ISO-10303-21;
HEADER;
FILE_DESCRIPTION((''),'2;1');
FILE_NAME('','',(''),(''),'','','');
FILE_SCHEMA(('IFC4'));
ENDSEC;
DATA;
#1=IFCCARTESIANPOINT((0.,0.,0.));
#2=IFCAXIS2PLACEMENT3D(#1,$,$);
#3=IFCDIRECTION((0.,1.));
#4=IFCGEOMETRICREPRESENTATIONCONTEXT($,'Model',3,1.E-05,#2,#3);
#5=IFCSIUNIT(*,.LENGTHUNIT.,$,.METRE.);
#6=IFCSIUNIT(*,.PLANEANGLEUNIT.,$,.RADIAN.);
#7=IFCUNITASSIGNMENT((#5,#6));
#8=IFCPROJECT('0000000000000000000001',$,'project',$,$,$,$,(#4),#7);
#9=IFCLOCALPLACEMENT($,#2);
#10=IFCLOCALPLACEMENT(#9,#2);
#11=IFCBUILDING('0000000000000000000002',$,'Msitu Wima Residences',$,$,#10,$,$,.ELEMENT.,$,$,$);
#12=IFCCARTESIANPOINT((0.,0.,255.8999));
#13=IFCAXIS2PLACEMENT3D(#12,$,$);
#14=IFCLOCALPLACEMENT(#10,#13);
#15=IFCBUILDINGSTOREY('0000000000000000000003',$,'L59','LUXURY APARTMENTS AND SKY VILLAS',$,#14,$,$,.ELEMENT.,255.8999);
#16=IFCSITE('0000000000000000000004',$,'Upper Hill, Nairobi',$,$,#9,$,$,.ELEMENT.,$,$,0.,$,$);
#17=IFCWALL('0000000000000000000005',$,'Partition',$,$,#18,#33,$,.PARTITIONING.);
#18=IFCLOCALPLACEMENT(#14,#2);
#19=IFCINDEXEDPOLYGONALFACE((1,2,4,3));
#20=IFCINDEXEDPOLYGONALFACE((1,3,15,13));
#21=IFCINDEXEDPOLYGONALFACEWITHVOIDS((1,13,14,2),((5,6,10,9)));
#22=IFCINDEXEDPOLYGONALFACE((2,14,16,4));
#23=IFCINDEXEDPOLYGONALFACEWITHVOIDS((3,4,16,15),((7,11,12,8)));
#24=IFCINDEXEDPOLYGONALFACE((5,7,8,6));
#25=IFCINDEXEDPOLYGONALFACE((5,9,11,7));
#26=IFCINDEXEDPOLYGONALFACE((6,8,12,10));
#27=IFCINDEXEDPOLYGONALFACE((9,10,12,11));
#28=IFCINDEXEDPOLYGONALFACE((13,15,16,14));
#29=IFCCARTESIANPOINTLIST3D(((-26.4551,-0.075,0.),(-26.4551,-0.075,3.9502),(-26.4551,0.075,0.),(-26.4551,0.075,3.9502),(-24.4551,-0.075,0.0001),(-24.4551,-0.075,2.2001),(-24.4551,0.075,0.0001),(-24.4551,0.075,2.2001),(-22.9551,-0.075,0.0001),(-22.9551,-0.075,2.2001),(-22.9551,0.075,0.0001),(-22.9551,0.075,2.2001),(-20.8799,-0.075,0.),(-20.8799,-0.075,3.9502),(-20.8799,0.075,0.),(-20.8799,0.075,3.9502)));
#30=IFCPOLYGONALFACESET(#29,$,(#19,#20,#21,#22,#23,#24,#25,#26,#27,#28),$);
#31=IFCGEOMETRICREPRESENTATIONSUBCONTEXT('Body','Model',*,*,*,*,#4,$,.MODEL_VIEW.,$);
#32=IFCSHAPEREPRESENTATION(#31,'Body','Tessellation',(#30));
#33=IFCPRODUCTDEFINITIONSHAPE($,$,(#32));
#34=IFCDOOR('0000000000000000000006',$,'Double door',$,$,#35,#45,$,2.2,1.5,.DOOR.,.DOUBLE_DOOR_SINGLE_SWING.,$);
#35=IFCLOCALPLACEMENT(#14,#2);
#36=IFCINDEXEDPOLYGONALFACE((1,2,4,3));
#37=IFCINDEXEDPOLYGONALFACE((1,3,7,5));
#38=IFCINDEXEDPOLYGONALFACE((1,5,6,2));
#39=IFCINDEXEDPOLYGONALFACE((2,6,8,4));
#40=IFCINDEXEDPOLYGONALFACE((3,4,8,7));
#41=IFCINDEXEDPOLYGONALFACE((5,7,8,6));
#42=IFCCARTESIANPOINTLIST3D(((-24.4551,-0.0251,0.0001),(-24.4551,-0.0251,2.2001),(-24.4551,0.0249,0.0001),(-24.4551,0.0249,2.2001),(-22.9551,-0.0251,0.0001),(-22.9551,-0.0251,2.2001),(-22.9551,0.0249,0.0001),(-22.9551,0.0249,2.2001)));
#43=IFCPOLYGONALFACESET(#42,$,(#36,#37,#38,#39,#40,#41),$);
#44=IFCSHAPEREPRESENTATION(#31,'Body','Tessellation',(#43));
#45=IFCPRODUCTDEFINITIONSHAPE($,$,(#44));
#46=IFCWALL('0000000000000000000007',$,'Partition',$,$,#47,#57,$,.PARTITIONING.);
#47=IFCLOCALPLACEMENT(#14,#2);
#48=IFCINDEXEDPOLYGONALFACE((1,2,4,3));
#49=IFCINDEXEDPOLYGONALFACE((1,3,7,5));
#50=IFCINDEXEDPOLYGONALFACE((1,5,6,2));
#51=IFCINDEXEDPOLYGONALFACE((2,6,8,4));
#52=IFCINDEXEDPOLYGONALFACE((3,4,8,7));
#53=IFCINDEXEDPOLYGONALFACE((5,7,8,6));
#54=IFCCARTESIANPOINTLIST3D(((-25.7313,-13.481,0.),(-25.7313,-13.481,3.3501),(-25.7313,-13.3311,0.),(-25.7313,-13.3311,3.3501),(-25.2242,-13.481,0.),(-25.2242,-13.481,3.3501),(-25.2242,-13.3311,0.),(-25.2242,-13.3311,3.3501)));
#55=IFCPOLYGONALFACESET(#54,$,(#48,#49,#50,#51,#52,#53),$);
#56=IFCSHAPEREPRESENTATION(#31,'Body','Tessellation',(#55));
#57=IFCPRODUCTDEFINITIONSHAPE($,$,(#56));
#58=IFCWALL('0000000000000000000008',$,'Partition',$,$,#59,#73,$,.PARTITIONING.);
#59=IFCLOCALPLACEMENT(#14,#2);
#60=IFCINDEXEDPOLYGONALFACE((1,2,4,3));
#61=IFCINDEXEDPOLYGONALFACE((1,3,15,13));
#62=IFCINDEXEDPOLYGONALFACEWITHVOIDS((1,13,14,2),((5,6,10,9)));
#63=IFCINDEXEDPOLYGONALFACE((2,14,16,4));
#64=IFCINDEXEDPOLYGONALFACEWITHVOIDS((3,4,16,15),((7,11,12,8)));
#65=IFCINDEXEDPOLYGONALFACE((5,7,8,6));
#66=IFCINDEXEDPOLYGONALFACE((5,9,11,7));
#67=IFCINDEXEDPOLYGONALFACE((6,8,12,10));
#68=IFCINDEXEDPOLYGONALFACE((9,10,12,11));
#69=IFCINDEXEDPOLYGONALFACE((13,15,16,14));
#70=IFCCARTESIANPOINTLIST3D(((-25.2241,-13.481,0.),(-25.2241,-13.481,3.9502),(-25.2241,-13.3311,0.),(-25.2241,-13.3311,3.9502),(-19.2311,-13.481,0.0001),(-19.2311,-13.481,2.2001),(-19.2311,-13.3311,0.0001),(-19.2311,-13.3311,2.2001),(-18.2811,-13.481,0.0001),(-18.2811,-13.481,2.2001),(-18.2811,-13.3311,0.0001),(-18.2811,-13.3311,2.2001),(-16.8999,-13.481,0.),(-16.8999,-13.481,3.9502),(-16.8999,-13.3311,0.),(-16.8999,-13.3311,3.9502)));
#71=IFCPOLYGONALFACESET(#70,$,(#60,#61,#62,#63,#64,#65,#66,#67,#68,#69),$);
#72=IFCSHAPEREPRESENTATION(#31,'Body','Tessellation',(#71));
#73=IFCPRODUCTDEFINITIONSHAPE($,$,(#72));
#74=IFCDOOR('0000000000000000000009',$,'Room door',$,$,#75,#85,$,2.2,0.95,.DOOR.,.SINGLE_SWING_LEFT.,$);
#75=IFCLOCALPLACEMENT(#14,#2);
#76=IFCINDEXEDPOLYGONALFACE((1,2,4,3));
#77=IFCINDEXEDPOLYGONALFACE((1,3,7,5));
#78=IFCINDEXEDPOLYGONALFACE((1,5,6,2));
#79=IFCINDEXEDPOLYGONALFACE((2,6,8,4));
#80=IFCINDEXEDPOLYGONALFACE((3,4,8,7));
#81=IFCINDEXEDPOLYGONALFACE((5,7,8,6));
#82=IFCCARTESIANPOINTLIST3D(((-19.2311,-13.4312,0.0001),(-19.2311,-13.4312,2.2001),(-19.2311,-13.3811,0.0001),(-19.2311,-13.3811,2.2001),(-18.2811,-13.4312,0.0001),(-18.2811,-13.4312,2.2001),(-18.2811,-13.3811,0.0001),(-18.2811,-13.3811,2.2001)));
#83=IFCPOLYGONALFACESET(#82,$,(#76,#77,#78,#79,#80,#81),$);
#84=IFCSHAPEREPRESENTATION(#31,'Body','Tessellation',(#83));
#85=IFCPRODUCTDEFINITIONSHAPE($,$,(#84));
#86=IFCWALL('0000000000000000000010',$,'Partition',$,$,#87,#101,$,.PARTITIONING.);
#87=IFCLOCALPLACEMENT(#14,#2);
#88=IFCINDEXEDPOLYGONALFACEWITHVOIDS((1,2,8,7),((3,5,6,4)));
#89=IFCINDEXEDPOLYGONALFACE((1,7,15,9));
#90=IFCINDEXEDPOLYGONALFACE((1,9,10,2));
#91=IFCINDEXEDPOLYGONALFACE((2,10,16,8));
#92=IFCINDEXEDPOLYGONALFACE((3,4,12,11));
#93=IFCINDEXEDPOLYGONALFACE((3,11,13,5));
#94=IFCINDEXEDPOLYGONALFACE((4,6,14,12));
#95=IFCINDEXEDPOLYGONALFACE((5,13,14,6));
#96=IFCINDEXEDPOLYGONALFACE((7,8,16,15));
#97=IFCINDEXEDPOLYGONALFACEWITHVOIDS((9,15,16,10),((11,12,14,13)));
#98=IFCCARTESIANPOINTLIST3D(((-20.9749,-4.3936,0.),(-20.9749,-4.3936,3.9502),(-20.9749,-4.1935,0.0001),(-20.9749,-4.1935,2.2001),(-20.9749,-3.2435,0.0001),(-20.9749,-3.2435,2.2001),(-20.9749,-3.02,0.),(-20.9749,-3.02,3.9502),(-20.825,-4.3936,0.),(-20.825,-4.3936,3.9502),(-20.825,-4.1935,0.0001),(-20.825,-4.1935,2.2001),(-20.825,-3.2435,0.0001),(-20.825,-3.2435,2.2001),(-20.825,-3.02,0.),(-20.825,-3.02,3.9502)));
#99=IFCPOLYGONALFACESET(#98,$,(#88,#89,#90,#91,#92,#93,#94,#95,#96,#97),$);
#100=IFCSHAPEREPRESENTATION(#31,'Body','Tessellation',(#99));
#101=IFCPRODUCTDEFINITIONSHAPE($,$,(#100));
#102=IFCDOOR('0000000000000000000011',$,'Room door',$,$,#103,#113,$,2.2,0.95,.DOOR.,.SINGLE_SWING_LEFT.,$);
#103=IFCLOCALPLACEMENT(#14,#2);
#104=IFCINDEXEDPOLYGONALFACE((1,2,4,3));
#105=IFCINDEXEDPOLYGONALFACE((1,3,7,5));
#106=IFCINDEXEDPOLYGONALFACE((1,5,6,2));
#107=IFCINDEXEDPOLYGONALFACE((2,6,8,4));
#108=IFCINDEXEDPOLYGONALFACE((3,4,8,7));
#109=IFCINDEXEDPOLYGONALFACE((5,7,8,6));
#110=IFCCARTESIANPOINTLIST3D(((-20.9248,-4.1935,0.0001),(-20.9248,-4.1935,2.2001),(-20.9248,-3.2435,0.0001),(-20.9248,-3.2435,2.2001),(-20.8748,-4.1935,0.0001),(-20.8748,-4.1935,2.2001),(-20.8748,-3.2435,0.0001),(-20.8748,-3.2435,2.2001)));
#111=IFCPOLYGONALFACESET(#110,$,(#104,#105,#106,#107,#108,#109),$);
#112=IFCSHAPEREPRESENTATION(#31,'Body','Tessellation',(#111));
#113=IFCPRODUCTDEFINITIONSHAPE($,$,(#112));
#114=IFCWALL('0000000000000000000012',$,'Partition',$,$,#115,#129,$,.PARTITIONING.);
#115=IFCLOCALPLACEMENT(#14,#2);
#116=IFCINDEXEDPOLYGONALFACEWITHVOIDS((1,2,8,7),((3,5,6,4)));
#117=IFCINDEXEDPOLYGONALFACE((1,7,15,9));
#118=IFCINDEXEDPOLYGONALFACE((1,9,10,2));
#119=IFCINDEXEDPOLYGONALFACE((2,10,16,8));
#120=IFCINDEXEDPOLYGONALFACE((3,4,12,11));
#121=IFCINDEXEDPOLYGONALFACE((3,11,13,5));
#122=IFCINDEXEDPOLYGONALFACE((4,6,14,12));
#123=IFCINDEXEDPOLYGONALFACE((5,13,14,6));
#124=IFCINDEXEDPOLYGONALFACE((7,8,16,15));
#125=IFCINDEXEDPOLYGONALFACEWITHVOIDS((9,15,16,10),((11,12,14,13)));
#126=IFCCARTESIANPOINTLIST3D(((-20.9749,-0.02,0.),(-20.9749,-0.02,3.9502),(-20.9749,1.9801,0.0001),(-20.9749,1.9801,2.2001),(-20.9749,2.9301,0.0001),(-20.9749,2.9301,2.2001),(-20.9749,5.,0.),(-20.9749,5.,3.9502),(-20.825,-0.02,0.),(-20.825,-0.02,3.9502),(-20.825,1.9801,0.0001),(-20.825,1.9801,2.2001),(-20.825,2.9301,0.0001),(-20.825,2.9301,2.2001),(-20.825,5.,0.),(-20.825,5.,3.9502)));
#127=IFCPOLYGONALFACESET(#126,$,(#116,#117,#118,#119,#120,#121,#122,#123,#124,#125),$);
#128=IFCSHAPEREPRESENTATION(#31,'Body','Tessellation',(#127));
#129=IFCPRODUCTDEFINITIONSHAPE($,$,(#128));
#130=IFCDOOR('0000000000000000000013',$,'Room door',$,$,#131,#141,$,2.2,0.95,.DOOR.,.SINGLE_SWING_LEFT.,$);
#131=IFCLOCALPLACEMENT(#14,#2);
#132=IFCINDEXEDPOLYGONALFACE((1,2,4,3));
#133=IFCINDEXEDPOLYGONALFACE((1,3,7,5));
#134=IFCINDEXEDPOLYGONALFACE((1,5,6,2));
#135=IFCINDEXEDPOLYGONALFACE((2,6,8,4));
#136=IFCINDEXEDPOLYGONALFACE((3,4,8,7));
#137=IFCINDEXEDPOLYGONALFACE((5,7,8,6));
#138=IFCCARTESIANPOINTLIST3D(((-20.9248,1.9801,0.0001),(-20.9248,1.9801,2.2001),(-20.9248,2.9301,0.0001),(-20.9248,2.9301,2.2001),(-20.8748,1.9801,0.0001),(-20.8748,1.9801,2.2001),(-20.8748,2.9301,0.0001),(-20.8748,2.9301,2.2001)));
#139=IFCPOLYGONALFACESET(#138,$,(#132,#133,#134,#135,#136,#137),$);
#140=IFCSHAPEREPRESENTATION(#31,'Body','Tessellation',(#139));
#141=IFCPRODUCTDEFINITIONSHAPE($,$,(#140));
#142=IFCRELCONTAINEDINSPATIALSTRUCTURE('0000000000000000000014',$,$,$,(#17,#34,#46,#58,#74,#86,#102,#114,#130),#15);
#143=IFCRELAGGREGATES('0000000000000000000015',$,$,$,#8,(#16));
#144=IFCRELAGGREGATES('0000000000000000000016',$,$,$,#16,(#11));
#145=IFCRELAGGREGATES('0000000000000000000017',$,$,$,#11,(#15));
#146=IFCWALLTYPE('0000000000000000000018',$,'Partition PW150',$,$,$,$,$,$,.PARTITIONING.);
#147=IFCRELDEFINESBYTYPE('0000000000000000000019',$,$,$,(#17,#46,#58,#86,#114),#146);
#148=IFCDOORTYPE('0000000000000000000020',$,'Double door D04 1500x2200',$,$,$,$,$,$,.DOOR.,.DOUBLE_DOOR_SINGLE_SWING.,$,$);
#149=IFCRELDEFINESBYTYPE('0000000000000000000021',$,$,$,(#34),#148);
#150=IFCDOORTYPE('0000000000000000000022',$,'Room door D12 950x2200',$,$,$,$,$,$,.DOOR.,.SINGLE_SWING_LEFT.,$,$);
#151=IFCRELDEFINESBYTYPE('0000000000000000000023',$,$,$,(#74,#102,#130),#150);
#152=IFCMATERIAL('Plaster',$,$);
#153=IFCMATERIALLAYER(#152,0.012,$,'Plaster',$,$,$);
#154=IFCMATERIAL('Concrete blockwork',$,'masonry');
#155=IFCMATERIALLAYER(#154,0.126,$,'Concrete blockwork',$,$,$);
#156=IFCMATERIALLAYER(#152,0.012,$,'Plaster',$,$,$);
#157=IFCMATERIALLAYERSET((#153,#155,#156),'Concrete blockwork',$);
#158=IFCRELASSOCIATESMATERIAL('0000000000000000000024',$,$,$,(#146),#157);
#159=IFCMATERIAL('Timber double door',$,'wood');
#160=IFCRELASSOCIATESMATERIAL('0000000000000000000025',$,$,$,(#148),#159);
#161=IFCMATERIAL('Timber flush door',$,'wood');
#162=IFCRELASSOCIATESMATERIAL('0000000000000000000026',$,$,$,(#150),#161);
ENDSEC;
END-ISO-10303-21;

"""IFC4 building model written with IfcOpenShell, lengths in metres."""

from ifc_helpers import new_model, si_unit, direction, frame, frame_2d, origin, place, context, subcontext, project, spatial, rectangle, extrude, material, layer, layer_set, type_object, element, fill, save


model = new_model("IFC4")

# Units and contexts
model_context = context("Model", 3, precision=1e-05, world=origin(), true_north=direction((0.0, 1.0)))
body_context = subcontext(model_context, "Body", "Model", "MODEL_VIEW")
ifc_project = project(units=[si_unit("LENGTHUNIT", "METRE"), si_unit("PLANEANGLEUNIT", "RADIAN")], contexts=[model_context])

# Site, building, storey
site_placement = place(None, origin())
site = spatial("IfcSite", under=ifc_project, at=site_placement, Name="Upper Hill, Nairobi", CompositionType="ELEMENT", RefElevation=0.0)
building_placement = place(site_placement, origin())
building = spatial("IfcBuilding", under=site, at=building_placement, Name="Msitu Wima Residences", CompositionType="ELEMENT")
storey_placement = place(building_placement, frame((0.0, 0.0, 255.8999)))
storey = spatial("IfcBuildingStorey", under=building, at=storey_placement, Name="L59", Description="LUXURY APARTMENTS AND SKY VILLAS", CompositionType="ELEMENT", Elevation=255.8999)

# Shared definitions
ifc_material_1 = material(Name="Plaster")
ifc_layer_1 = layer(ifc_material_1, 0.012, Name="Plaster")
ifc_material_2 = material(Name="Concrete blockwork", Category="masonry")
ifc_layer_2 = layer(ifc_material_2, 0.126, Name="Concrete blockwork")
ifc_layer_3 = layer(ifc_material_1, 0.012, Name="Plaster")
ifc_layer_set_1 = layer_set([ifc_layer_1, ifc_layer_2, ifc_layer_3], Name="Concrete blockwork")
wall_type_1 = type_object("IfcWallType", Name="Partition PW150", PredefinedType="PARTITIONING", material=ifc_layer_set_1)

# Wall, opening, door
wall_1_placement = place(storey_placement, frame((-26.4551, 0.0, 0.0), z_axis=(0.0, 0.0, 1.0), x_axis=(1.0, 0.0, 0.0)))
wall_1 = element("IfcWall", 1, at=wall_1_placement, inside=storey, type_object=wall_type_1, Name="Partition", PredefinedType="PARTITIONING", context=body_context, shape_type="SweptSolid", body=[
    extrude(rectangle(XDim=5.5752, YDim=0.1499, at=frame_2d((2.7876, 0.0))), origin(), (0.0, 0.0, 1.0), 3.9502),
])
opening_1_placement = place(wall_1_placement, frame((2.0, 0.0, 0.0)))
opening_1 = element("IfcOpeningElement", 2, at=opening_1_placement, cuts=wall_1, PredefinedType="OPENING", context=body_context, shape_type="SweptSolid", body=[
    extrude(rectangle(XDim=1.5, YDim=2.2, at=frame_2d((0.75, 1.1001))), frame((0.0, 0.085, 0.0), z_axis=(0.0, -1.0, 0.0), x_axis=(1.0, 0.0, 0.0)), (0.0, 0.0, 1.0), 0.1699),
])
ifc_material_3 = material(Name="Timber double door", Category="wood")
door_type_1 = type_object("IfcDoorType", Name="Double door D04 1500x2200", OperationType="DOUBLE_DOOR_SINGLE_SWING", PredefinedType="DOOR", material=ifc_material_3)
door_1_placement = place(opening_1_placement, origin())
door_1 = element("IfcDoor", 3, at=door_1_placement, inside=storey, type_object=door_type_1, Name="Double door", OperationType="DOUBLE_DOOR_SINGLE_SWING", OverallHeight=2.2, OverallWidth=1.5, PredefinedType="DOOR", context=body_context, shape_type="SweptSolid", body=[
    extrude(rectangle(XDim=1.5, YDim=2.2, at=frame_2d((0.75, 1.1001))), frame((0.0, 0.0249, 0.0), z_axis=(0.0, -1.0, 0.0), x_axis=(1.0, 0.0, 0.0)), (0.0, 0.0, 1.0), 0.05),
])
fill(opening_1, door_1)

# Wall
wall_2_placement = place(storey_placement, frame((-25.7312, -13.406, 0.0), z_axis=(0.0, 0.0, 1.0), x_axis=(1.0, 0.0, 0.0)))
element("IfcWall", 4, at=wall_2_placement, inside=storey, type_object=wall_type_1, Name="Partition", PredefinedType="PARTITIONING", context=body_context, shape_type="SweptSolid", body=[
    extrude(rectangle(XDim=0.5071, YDim=0.1499, at=frame_2d((0.2534, 0.0))), origin(), (0.0, 0.0, 1.0), 3.3501),
])

# Walls, openings, doors
wall_3_placement = place(storey_placement, frame((-25.2241, -13.406, 0.0), z_axis=(0.0, 0.0, 1.0), x_axis=(1.0, 0.0, 0.0)))
wall_3 = element("IfcWall", 5, at=wall_3_placement, inside=storey, type_object=wall_type_1, Name="Partition", PredefinedType="PARTITIONING", context=body_context, shape_type="SweptSolid", body=[
    extrude(rectangle(XDim=8.3242, YDim=0.1499, at=frame_2d((4.1621, 0.0))), origin(), (0.0, 0.0, 1.0), 3.9502),
])
opening_2_placement = place(wall_3_placement, frame((5.9929, 0.0, 0.0)))
opening_2 = element("IfcOpeningElement", 6, at=opening_2_placement, cuts=wall_3, PredefinedType="OPENING", context=body_context, shape_type="SweptSolid", body=[
    extrude(rectangle(XDim=0.95, YDim=2.2, at=frame_2d((0.4751, 1.1001))), frame((0.0, 0.085, 0.0), z_axis=(0.0, -1.0, 0.0), x_axis=(1.0, 0.0, 0.0)), (0.0, 0.0, 1.0), 0.1699),
])
ifc_material_4 = material(Name="Timber flush door", Category="wood")
door_type_2 = type_object("IfcDoorType", Name="Room door D12 950x2200", OperationType="SINGLE_SWING_LEFT", PredefinedType="DOOR", material=ifc_material_4)
door_2_placement = place(opening_2_placement, origin())
door_2 = element("IfcDoor", 7, at=door_2_placement, inside=storey, type_object=door_type_2, Name="Room door", OperationType="SINGLE_SWING_LEFT", OverallHeight=2.2, OverallWidth=0.95, PredefinedType="DOOR", context=body_context, shape_type="SweptSolid", body=[
    extrude(rectangle(XDim=0.95, YDim=2.2, at=frame_2d((0.4751, 1.1001))), frame((0.0, 0.0249, 0.0), z_axis=(0.0, -1.0, 0.0), x_axis=(1.0, 0.0, 0.0)), (0.0, 0.0, 1.0), 0.05),
])
fill(opening_2, door_2)
wall_4_placement = place(storey_placement, frame((-20.8999, -4.3936, 0.0), z_axis=(0.0, 0.0, 1.0), x_axis=(0.0, 1.0, 0.0)))
wall_4 = element("IfcWall", 8, at=wall_4_placement, inside=storey, type_object=wall_type_1, Name="Partition", PredefinedType="PARTITIONING", context=body_context, shape_type="SweptSolid", body=[
    extrude(rectangle(XDim=1.3735, YDim=0.1499, at=frame_2d((0.6868, 0.0))), origin(), (0.0, 0.0, 1.0), 3.9502),
])
opening_3_placement = place(wall_4_placement, frame((0.2, 0.0, 0.0)))
opening_3 = element("IfcOpeningElement", 9, at=opening_3_placement, cuts=wall_4, PredefinedType="OPENING", context=body_context, shape_type="SweptSolid", body=[
    extrude(rectangle(XDim=0.95, YDim=2.2, at=frame_2d((0.4751, 1.1001))), frame((0.0, 0.085, 0.0), z_axis=(0.0, -1.0, 0.0), x_axis=(1.0, 0.0, 0.0)), (0.0, 0.0, 1.0), 0.1699),
])
door_3_placement = place(opening_3_placement, origin())
door_3 = element("IfcDoor", 10, at=door_3_placement, inside=storey, type_object=door_type_2, Name="Room door", OperationType="SINGLE_SWING_LEFT", OverallHeight=2.2, OverallWidth=0.95, PredefinedType="DOOR", context=body_context, shape_type="SweptSolid", body=[
    extrude(rectangle(XDim=0.95, YDim=2.2, at=frame_2d((0.4751, 1.1001))), frame((0.0, 0.0249, 0.0), z_axis=(0.0, -1.0, 0.0), x_axis=(1.0, 0.0, 0.0)), (0.0, 0.0, 1.0), 0.05),
])
fill(opening_3, door_3)
wall_5_placement = place(storey_placement, frame((-20.8999, -0.02, 0.0), z_axis=(0.0, 0.0, 1.0), x_axis=(0.0, 1.0, 0.0)))
wall_5 = element("IfcWall", 11, at=wall_5_placement, inside=storey, type_object=wall_type_1, Name="Partition", PredefinedType="PARTITIONING", context=body_context, shape_type="SweptSolid", body=[
    extrude(rectangle(XDim=5.02, YDim=0.1499, at=frame_2d((2.51, 0.0))), origin(), (0.0, 0.0, 1.0), 3.9502),
])
opening_4_placement = place(wall_5_placement, frame((2.0, 0.0, 0.0)))
opening_4 = element("IfcOpeningElement", 12, at=opening_4_placement, cuts=wall_5, PredefinedType="OPENING", context=body_context, shape_type="SweptSolid", body=[
    extrude(rectangle(XDim=0.95, YDim=2.2, at=frame_2d((0.4751, 1.1001))), frame((0.0, 0.085, 0.0), z_axis=(0.0, -1.0, 0.0), x_axis=(1.0, 0.0, 0.0)), (0.0, 0.0, 1.0), 0.1699),
])
door_4_placement = place(opening_4_placement, origin())
door_4 = element("IfcDoor", 13, at=door_4_placement, inside=storey, type_object=door_type_2, Name="Room door", OperationType="SINGLE_SWING_LEFT", OverallHeight=2.2, OverallWidth=0.95, PredefinedType="DOOR", context=body_context, shape_type="SweptSolid", body=[
    extrude(rectangle(XDim=0.95, YDim=2.2, at=frame_2d((0.4751, 1.1001))), frame((0.0, 0.0249, 0.0), z_axis=(0.0, -1.0, 0.0), x_axis=(1.0, 0.0, 0.0)), (0.0, 0.0, 1.0), 0.05),
])
fill(opening_4, door_4)

save(model, "model.ifc")
